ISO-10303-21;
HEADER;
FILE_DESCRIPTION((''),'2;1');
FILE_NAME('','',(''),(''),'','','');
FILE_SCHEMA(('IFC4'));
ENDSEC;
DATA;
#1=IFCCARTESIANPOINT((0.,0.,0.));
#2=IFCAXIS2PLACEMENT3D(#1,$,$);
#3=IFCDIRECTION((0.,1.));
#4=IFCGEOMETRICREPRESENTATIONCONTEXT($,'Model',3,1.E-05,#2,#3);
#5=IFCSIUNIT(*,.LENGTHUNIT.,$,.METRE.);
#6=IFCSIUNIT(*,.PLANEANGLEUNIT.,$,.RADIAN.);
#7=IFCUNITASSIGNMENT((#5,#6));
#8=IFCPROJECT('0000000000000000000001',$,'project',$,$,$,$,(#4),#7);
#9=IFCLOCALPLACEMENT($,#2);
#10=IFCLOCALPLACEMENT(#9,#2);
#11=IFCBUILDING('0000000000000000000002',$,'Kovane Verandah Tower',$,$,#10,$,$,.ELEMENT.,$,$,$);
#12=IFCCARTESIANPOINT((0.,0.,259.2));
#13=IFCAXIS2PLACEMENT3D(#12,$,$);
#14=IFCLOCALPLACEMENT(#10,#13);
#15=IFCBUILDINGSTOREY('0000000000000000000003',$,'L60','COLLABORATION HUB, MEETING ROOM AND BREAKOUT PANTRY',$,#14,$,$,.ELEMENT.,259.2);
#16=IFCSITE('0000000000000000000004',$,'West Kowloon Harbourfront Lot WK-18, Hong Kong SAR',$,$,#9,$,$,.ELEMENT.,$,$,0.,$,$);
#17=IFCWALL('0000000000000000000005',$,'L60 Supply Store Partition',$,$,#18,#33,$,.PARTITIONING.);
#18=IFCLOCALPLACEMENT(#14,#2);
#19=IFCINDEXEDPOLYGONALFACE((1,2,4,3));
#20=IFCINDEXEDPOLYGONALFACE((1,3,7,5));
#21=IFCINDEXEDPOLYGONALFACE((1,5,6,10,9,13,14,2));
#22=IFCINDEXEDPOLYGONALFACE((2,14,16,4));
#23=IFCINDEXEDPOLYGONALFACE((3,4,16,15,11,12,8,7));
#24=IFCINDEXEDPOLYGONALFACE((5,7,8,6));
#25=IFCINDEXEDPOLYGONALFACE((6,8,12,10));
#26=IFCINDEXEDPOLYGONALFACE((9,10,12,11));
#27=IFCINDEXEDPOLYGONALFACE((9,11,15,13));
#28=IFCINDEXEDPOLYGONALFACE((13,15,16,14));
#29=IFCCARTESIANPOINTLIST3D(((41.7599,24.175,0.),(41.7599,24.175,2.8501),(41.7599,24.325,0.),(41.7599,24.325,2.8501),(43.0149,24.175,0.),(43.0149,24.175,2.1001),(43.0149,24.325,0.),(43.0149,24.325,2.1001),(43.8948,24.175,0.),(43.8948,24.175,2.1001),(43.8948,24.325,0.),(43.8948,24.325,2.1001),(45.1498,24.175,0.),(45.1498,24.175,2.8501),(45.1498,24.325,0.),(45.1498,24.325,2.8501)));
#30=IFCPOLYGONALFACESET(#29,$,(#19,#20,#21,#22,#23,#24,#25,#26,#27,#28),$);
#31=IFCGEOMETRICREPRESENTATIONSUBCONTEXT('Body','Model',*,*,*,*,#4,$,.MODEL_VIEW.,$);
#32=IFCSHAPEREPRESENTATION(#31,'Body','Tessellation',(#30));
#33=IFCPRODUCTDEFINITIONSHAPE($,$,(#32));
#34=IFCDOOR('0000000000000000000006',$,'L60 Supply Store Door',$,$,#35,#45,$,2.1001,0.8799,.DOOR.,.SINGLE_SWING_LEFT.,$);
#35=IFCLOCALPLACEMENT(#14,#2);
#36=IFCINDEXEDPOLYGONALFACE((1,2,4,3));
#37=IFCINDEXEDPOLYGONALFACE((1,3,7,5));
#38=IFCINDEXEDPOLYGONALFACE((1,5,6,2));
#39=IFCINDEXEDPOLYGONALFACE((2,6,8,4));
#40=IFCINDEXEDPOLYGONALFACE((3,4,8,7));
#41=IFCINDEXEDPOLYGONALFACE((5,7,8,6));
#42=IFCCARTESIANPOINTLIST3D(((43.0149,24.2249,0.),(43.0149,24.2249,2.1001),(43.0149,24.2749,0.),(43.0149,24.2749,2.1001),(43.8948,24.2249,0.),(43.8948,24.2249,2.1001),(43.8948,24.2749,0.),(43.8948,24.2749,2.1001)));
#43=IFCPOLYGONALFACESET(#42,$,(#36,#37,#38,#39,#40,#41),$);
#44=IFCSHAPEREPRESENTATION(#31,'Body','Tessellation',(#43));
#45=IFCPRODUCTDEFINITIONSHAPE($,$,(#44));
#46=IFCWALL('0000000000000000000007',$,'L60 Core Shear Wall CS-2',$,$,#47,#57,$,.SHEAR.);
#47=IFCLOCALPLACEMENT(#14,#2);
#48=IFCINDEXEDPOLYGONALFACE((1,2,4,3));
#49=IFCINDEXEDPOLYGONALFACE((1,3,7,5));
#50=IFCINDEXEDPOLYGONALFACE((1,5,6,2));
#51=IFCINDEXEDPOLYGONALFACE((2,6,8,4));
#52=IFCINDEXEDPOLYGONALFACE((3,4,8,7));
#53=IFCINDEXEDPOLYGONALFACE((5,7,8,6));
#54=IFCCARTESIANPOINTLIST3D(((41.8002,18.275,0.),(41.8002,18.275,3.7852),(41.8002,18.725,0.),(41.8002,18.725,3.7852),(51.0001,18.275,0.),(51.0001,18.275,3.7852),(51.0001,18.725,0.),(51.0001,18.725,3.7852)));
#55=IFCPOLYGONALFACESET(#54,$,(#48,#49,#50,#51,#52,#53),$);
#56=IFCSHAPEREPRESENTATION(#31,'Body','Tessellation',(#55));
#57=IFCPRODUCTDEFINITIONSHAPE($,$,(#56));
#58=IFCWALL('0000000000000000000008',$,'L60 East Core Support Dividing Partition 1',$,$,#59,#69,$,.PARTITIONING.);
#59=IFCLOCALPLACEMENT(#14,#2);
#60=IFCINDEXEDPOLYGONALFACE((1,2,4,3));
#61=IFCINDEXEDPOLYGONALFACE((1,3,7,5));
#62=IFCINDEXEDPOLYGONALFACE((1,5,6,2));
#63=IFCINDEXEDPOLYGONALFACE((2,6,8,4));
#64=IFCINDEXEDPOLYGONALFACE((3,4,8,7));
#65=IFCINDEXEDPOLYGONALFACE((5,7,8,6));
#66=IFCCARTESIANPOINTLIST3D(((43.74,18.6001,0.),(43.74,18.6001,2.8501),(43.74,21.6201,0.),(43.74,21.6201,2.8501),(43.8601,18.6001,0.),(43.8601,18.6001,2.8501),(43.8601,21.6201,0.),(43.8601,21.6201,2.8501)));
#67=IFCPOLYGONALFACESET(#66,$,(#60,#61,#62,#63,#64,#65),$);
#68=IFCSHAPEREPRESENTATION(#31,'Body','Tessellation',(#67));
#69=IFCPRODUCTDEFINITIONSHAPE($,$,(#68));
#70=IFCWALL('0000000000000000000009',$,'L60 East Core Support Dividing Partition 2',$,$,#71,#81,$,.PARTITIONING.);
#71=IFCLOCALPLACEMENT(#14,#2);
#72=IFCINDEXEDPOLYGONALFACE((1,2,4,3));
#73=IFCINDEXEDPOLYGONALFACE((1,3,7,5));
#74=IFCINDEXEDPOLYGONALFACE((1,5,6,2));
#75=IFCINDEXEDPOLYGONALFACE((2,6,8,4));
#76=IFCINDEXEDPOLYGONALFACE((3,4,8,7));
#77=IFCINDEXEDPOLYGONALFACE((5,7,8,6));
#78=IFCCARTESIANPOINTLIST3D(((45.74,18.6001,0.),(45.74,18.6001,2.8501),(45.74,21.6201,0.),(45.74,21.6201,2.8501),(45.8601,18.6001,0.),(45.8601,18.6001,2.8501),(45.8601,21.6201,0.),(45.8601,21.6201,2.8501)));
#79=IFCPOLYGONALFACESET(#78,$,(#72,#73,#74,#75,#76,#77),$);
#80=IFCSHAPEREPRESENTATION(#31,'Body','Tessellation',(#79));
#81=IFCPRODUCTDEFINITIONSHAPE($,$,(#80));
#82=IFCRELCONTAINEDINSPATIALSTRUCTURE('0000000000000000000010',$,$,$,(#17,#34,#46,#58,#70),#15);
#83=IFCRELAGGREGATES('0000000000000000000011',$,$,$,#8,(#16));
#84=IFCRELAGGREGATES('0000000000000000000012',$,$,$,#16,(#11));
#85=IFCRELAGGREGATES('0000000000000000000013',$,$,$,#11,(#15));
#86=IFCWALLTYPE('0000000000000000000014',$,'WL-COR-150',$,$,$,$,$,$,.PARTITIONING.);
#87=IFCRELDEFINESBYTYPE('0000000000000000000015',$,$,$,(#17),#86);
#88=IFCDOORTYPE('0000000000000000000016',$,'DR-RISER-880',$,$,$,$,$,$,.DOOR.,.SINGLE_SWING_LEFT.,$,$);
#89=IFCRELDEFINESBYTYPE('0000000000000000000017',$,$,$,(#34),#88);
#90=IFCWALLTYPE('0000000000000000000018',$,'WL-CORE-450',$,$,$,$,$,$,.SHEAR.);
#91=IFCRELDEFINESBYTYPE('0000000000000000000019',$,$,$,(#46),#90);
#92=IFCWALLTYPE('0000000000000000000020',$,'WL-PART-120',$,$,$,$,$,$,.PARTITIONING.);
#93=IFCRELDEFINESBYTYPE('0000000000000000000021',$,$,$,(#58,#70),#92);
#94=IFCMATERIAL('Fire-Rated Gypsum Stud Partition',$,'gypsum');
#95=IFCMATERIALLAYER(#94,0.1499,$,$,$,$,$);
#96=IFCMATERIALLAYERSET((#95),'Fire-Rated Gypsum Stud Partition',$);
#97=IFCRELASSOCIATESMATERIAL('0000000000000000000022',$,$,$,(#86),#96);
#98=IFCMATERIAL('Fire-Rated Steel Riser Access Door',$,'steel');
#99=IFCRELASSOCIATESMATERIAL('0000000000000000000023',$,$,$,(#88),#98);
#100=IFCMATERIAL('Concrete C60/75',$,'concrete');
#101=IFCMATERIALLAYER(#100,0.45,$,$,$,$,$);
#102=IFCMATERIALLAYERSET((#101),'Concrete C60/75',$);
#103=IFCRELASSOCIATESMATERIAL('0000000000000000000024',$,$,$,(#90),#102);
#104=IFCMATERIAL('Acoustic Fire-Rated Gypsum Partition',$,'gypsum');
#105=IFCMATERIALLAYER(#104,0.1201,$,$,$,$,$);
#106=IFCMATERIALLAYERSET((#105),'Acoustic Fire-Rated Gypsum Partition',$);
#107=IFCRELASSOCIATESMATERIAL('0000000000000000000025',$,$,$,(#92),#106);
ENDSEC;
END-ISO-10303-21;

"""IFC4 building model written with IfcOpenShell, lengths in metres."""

from ifc_helpers import new_model, si_unit, direction, frame, frame_2d, origin, place, context, subcontext, project, spatial, rectangle, extrude, material, layer, layer_set, type_object, element, fill, save


model = new_model("IFC4")

# Units and contexts
model_context = context("Model", 3, precision=1e-05, world=origin(), true_north=direction((0.0, 1.0)))
body_context = subcontext(model_context, "Body", "Model", "MODEL_VIEW")
ifc_project = project(units=[si_unit("LENGTHUNIT", "METRE"), si_unit("PLANEANGLEUNIT", "RADIAN")], contexts=[model_context])

# Site, building, storey
site_placement = place(None, origin())
site = spatial("IfcSite", under=ifc_project, at=site_placement, Name="West Kowloon Harbourfront Lot WK-18, Hong Kong SAR", CompositionType="ELEMENT", RefElevation=0.0)
building_placement = place(site_placement, origin())
building = spatial("IfcBuilding", under=site, at=building_placement, Name="Kovane Verandah Tower", CompositionType="ELEMENT")
storey_placement = place(building_placement, frame((0.0, 0.0, 259.2)))
storey = spatial("IfcBuildingStorey", under=building, at=storey_placement, Name="L60", Description="COLLABORATION HUB, MEETING ROOM AND BREAKOUT PANTRY", CompositionType="ELEMENT", Elevation=259.2)

# Shared definitions
ifc_material_1 = material(Name="Concrete C60/75", Category="concrete")

# Shared definitions
ifc_material_2 = material(Name="Fire-Rated Gypsum Stud Partition", Category="gypsum")
ifc_layer_1 = layer(ifc_material_2, 0.1499)
ifc_layer_set_1 = layer_set([ifc_layer_1], Name="Fire-Rated Gypsum Stud Partition")
wall_type_1 = type_object("IfcWallType", Name="WL-COR-150", PredefinedType="PARTITIONING", material=ifc_layer_set_1)

# Wall, opening, door
wall_1_placement = place(storey_placement, frame((41.76, 24.25, 0.0), z_axis=(0.0, 0.0, 1.0), x_axis=(1.0, 0.0, 0.0)))
wall_1 = element("IfcWall", 1, at=wall_1_placement, inside=storey, type_object=wall_type_1, Name="L60 Supply Store Partition", PredefinedType="PARTITIONING", context=body_context, shape_type="SweptSolid", body=[
    extrude(rectangle(XDim=3.3899, YDim=0.1499, at=frame_2d((1.6948, 0.0))), origin(), (0.0, 0.0, 1.0), 2.8501),
])
opening_1_placement = place(wall_1_placement, frame((1.2549, 0.0, 0.0)))
opening_1 = element("IfcOpeningElement", 2, at=opening_1_placement, cuts=wall_1, PredefinedType="OPENING", context=body_context, shape_type="SweptSolid", body=[
    extrude(rectangle(XDim=0.8799, YDim=2.1001, at=frame_2d((0.4399, 1.05))), frame((0.0, 0.075, 0.0), z_axis=(0.0, -1.0, 0.0), x_axis=(1.0, 0.0, 0.0)), (0.0, 0.0, 1.0), 0.1499),
])
ifc_material_3 = material(Name="Fire-Rated Steel Riser Access Door", Category="steel")
door_type_1 = type_object("IfcDoorType", Name="DR-RISER-880", OperationType="SINGLE_SWING_LEFT", PredefinedType="DOOR", material=ifc_material_3)
door_1_placement = place(opening_1_placement, origin())
door_1 = element("IfcDoor", 3, at=door_1_placement, inside=storey, type_object=door_type_1, Name="L60 Supply Store Door", OperationType="SINGLE_SWING_LEFT", OverallHeight=2.1001, OverallWidth=0.8799, PredefinedType="DOOR", context=body_context, shape_type="SweptSolid", body=[
    extrude(rectangle(XDim=0.8799, YDim=2.1001, at=frame_2d((0.4399, 1.05))), frame((0.0, 0.0249, 0.0), z_axis=(0.0, -1.0, 0.0), x_axis=(1.0, 0.0, 0.0)), (0.0, 0.0, 1.0), 0.05),
])
fill(opening_1, door_1)

# Walls
ifc_layer_2 = layer(ifc_material_1, 0.45)
ifc_layer_set_2 = layer_set([ifc_layer_2], Name="Concrete C60/75")
wall_type_2 = type_object("IfcWallType", Name="WL-CORE-450", PredefinedType="SHEAR", material=ifc_layer_set_2)
wall_2_placement = place(storey_placement, frame((41.8, 18.5, 0.0), z_axis=(0.0, 0.0, 1.0), x_axis=(1.0, 0.0, 0.0)))
element("IfcWall", 4, at=wall_2_placement, inside=storey, type_object=wall_type_2, Name="L60 Core Shear Wall CS-2", PredefinedType="SHEAR", context=body_context, shape_type="SweptSolid", body=[
    extrude(rectangle(XDim=9.2, YDim=0.45, at=frame_2d((4.6001, 0.0))), origin(), (0.0, 0.0, 1.0), 3.7852),
])
ifc_material_4 = material(Name="Acoustic Fire-Rated Gypsum Partition", Category="gypsum")
ifc_layer_3 = layer(ifc_material_4, 0.1201)
ifc_layer_set_3 = layer_set([ifc_layer_3], Name="Acoustic Fire-Rated Gypsum Partition")
wall_type_3 = type_object("IfcWallType", Name="WL-PART-120", PredefinedType="PARTITIONING", material=ifc_layer_set_3)
for number, where, z_axis, x_axis, name in (
    (5, (43.8, 18.6001, 0.0), (0.0, 0.0, 1.0), (0.0, 1.0, 0.0), "L60 East Core Support Dividing Partition 1"),
    (6, (45.8, 18.6001, 0.0), (0.0, 0.0, 1.0), (0.0, 1.0, 0.0), "L60 East Core Support Dividing Partition 2"),
):
    element("IfcWall", number, at=place(storey_placement, frame(where, z_axis=z_axis, x_axis=x_axis)), inside=storey, type_object=wall_type_3, Name=name, PredefinedType="PARTITIONING", context=body_context, shape_type="SweptSolid", body=[
        extrude(rectangle(XDim=3.02, YDim=0.1201, at=frame_2d((1.51, 0.0))), origin(), (0.0, 0.0, 1.0), 2.8501),
    ])

save(model, "model.ifc")
